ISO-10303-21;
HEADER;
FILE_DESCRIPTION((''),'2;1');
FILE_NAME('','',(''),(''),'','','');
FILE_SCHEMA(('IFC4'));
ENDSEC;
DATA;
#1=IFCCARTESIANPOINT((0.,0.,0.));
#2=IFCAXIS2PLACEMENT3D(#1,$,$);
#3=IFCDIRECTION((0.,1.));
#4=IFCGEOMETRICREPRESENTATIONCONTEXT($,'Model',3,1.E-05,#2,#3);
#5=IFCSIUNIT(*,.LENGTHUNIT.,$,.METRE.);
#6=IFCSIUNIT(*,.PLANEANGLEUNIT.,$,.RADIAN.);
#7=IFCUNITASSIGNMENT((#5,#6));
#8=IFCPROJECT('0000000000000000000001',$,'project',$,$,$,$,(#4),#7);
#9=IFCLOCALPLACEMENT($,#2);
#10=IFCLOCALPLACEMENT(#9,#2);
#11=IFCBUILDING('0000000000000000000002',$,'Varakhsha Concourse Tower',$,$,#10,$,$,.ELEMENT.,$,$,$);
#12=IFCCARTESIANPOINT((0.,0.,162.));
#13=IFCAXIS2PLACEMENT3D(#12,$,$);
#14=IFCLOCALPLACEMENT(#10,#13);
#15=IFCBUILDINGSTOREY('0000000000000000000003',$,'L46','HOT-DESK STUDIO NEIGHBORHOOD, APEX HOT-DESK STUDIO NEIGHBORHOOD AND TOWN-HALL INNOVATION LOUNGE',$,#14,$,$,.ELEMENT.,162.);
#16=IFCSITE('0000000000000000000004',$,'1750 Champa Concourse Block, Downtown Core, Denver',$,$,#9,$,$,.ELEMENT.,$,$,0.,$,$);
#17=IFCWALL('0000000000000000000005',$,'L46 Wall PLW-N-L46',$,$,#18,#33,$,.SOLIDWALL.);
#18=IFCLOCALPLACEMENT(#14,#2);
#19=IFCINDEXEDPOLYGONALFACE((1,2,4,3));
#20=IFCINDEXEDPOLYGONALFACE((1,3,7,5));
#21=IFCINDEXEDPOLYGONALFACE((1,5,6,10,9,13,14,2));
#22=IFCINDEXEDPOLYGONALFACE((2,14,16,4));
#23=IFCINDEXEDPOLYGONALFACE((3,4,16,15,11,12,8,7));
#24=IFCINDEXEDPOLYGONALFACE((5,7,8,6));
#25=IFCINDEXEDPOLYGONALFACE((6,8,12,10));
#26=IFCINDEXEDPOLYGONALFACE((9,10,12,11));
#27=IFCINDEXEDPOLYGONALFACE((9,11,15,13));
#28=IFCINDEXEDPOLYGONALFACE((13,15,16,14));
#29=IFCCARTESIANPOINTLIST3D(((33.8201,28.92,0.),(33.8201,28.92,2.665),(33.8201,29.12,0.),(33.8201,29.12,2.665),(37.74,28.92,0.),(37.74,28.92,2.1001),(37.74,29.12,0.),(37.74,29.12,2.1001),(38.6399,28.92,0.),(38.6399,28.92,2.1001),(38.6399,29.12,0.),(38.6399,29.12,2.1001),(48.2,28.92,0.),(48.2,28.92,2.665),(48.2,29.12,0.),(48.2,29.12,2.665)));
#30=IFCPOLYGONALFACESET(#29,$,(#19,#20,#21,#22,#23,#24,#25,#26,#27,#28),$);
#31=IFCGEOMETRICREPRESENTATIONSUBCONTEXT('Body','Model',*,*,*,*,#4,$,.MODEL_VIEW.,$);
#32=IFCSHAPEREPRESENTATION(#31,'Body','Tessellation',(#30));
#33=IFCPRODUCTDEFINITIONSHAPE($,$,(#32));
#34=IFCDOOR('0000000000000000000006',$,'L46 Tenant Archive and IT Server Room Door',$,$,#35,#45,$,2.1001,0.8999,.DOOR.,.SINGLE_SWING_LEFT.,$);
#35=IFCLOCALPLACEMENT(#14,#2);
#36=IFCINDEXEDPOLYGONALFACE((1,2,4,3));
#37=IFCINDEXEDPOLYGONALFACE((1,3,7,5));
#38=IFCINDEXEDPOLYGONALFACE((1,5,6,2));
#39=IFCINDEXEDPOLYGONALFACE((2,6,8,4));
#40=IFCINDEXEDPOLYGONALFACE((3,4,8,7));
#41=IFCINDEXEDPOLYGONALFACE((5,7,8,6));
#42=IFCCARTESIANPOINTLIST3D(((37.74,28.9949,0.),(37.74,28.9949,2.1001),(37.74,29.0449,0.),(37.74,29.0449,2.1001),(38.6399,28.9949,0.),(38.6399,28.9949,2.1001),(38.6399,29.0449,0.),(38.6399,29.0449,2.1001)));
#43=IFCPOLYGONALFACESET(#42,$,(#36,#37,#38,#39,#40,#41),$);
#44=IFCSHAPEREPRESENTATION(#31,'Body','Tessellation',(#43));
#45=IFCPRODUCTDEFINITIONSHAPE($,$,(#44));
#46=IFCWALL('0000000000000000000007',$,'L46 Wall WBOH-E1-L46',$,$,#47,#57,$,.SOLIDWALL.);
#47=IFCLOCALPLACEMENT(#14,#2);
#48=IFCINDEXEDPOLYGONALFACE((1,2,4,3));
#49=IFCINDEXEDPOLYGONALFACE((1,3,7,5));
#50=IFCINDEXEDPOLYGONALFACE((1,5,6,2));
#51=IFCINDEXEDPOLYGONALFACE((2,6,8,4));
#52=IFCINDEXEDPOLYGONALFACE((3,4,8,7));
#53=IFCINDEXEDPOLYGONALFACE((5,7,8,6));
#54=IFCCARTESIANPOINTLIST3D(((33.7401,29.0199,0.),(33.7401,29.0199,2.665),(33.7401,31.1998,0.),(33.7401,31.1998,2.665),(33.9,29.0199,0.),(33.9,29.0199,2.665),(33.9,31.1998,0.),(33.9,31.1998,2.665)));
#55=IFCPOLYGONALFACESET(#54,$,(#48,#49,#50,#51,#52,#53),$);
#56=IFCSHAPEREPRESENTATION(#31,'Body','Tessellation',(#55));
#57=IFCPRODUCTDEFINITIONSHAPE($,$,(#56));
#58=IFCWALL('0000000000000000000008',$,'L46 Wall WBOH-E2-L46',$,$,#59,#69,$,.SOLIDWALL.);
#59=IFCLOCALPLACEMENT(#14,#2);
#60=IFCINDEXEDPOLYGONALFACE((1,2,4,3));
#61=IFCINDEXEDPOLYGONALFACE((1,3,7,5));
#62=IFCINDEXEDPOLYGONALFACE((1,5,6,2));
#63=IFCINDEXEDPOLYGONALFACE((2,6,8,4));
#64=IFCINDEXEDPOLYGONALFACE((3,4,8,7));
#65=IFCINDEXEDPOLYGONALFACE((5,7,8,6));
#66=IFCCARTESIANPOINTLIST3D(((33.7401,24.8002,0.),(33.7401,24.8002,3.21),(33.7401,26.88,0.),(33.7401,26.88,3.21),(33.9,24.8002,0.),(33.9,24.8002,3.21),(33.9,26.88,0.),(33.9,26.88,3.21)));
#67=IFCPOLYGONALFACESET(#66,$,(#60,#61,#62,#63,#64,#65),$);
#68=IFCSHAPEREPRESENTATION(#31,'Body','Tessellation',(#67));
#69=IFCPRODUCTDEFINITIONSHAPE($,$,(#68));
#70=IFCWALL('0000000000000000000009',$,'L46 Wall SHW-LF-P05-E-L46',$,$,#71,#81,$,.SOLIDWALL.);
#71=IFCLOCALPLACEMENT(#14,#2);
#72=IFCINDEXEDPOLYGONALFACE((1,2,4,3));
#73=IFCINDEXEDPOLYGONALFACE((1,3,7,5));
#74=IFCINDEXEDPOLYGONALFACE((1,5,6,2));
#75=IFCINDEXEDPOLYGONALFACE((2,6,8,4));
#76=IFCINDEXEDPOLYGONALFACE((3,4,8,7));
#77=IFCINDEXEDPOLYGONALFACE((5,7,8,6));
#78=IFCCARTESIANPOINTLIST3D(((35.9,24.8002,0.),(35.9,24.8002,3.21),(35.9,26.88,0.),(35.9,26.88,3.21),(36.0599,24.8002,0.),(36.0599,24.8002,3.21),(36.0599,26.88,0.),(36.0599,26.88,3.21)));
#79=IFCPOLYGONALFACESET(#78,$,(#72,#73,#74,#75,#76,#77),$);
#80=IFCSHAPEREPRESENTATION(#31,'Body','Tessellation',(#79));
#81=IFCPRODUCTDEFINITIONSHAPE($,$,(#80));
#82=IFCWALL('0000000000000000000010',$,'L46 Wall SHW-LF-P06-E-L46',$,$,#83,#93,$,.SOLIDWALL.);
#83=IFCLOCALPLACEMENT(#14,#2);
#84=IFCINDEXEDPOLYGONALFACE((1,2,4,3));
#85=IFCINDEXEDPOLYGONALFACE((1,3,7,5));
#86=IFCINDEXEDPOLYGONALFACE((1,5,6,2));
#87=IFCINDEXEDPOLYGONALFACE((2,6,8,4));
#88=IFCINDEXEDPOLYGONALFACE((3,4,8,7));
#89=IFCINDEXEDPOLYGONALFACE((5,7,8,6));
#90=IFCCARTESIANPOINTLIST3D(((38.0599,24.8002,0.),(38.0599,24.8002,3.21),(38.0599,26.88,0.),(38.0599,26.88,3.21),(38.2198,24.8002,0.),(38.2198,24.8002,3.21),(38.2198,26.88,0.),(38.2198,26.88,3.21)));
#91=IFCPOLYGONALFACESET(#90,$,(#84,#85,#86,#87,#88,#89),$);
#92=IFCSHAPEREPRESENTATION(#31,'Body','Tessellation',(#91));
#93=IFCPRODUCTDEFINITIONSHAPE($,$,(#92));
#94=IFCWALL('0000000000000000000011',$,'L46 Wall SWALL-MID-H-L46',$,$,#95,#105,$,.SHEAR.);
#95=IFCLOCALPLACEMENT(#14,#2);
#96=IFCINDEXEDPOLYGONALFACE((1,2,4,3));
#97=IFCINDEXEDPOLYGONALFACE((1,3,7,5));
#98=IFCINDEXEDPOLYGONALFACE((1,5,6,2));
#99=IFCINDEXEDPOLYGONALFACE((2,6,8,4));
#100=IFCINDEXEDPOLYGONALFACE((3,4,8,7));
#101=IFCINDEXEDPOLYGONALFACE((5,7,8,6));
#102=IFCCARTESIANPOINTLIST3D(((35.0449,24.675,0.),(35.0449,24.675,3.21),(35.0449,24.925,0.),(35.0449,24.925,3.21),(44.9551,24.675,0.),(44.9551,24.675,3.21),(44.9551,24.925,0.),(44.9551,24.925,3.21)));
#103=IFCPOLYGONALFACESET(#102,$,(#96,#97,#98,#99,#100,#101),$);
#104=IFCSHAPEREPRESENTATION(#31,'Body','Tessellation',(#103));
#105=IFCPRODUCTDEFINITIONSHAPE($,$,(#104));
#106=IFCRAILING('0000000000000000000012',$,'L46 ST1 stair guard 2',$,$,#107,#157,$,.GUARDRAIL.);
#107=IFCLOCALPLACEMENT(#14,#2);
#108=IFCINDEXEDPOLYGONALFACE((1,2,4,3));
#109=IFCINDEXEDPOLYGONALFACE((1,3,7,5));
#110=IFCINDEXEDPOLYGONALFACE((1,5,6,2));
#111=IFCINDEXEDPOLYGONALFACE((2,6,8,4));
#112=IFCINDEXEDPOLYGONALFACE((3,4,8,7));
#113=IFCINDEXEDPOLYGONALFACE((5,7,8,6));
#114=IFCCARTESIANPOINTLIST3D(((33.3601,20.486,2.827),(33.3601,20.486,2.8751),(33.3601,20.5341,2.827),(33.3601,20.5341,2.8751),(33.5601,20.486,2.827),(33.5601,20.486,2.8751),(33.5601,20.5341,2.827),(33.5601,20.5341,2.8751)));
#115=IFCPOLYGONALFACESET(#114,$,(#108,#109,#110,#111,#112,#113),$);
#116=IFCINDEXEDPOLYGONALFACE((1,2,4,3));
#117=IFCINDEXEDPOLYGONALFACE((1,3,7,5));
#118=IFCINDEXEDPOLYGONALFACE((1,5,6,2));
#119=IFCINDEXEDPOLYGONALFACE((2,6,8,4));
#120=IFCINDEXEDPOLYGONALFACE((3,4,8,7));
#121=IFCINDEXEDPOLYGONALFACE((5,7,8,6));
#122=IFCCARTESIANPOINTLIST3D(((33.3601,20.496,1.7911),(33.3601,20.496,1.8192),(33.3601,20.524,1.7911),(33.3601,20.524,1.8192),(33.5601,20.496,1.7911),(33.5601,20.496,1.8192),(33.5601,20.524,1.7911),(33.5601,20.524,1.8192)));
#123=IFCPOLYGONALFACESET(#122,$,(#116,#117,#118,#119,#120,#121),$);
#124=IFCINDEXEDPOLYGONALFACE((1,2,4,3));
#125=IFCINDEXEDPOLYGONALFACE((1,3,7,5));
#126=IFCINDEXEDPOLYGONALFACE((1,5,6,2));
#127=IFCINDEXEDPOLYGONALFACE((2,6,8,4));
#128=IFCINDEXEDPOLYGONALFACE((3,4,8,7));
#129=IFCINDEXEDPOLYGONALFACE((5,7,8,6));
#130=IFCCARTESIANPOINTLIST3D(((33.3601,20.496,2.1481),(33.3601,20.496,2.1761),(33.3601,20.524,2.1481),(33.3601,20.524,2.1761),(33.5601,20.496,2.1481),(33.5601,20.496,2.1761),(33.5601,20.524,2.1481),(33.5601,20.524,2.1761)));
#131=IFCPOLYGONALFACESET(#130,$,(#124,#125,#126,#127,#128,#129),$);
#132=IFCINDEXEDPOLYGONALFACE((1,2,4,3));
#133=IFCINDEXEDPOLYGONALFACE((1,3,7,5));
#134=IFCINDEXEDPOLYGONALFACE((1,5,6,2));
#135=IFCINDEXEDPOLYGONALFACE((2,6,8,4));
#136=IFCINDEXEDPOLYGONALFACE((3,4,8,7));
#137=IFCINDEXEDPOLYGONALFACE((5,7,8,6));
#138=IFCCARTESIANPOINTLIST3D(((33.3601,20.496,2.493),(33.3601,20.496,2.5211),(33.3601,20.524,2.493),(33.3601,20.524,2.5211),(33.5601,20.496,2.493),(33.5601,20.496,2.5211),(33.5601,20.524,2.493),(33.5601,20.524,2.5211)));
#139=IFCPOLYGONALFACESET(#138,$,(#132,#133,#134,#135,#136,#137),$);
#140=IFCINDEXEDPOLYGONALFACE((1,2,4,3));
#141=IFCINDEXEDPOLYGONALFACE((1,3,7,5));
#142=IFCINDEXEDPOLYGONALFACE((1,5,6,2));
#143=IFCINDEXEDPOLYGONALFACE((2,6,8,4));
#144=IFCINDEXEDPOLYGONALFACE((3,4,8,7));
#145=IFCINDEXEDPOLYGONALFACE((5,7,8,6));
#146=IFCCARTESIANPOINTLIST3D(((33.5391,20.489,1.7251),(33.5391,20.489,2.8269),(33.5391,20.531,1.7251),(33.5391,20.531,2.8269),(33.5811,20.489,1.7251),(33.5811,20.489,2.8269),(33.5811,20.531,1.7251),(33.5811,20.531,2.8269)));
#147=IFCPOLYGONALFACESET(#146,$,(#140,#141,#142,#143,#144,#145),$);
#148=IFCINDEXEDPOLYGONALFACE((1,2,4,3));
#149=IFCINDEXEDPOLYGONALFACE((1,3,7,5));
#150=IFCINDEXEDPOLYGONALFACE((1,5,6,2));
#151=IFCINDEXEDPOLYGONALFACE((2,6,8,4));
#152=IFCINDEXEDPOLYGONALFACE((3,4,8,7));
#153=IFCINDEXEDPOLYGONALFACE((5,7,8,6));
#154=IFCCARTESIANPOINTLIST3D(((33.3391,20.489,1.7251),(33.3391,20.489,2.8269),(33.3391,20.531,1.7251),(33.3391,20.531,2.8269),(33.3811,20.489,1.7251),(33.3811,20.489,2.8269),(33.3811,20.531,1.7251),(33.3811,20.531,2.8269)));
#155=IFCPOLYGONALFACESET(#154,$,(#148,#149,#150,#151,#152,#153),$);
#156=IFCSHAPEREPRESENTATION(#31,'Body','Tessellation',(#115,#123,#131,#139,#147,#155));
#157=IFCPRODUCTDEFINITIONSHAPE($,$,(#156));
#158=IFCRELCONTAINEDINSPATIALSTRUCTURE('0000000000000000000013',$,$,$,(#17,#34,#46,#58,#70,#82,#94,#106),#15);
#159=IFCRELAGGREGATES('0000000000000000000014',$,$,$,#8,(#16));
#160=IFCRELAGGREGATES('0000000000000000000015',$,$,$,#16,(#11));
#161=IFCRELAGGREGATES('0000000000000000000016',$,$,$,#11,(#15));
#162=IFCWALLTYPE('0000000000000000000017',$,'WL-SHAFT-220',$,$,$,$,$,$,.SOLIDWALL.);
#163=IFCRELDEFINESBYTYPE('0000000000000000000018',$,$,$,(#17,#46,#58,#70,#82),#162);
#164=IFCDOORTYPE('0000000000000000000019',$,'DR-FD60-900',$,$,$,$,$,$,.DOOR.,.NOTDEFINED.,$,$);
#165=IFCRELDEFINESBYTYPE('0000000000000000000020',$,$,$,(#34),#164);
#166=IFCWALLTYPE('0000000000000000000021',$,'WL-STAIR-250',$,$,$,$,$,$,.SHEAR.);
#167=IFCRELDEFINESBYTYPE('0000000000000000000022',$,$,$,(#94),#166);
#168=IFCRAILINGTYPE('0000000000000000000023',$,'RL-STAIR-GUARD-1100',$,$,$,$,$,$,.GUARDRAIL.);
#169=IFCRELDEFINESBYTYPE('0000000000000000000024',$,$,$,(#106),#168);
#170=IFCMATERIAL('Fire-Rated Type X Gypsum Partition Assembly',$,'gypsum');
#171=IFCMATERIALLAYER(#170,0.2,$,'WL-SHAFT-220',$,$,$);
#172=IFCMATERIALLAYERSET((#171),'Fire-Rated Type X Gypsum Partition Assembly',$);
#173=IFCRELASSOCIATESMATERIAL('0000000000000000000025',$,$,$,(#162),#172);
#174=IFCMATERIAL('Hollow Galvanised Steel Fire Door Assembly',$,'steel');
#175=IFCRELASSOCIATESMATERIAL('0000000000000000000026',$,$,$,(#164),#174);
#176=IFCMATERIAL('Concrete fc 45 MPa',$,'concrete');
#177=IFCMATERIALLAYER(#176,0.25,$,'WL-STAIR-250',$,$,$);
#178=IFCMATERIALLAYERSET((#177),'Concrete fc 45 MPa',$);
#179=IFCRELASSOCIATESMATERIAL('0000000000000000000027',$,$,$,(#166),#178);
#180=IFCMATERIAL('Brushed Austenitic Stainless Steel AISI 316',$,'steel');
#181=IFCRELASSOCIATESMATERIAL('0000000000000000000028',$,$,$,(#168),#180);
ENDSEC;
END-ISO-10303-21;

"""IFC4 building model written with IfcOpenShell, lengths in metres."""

from ifc_helpers import new_model, si_unit, direction, frame, frame_2d, origin, origin_2d, place, context, subcontext, project, spatial, rectangle, extrude, material, layer, layer_set, type_object, element, fill, save


model = new_model("IFC4")

# Units and contexts
model_context = context("Model", 3, precision=1e-05, world=origin(), true_north=direction((0.0, 1.0)))
body_context = subcontext(model_context, "Body", "Model", "MODEL_VIEW")
ifc_project = project(units=[si_unit("LENGTHUNIT", "METRE"), si_unit("PLANEANGLEUNIT", "RADIAN")], contexts=[model_context])

# Site, building, storey
site_placement = place(None, origin())
site = spatial("IfcSite", under=ifc_project, at=site_placement, Name="1750 Champa Concourse Block, Downtown Core, Denver", CompositionType="ELEMENT", RefElevation=0.0)
building_placement = place(site_placement, origin())
building = spatial("IfcBuilding", under=site, at=building_placement, Name="Varakhsha Concourse Tower", CompositionType="ELEMENT")
storey_placement = place(building_placement, frame((0.0, 0.0, 162.0)))
storey = spatial("IfcBuildingStorey", under=building, at=storey_placement, Name="L46", Description="HOT-DESK STUDIO NEIGHBORHOOD, APEX HOT-DESK STUDIO NEIGHBORHOOD AND TOWN-HALL INNOVATION LOUNGE", CompositionType="ELEMENT", Elevation=162.0)

# Shared definitions
ifc_material_1 = material(Name="Fire-Rated Type X Gypsum Partition Assembly", Category="gypsum")
ifc_material_2 = material(Name="Hollow Galvanised Steel Fire Door Assembly", Category="steel")
ifc_layer_1 = layer(ifc_material_1, 0.2, Name="WL-SHAFT-220")
ifc_layer_set_1 = layer_set([ifc_layer_1], Name="Fire-Rated Type X Gypsum Partition Assembly")
wall_type_1 = type_object("IfcWallType", Name="WL-SHAFT-220", PredefinedType="SOLIDWALL", material=ifc_layer_set_1)
ifc_material_3 = material(Name="Brushed Austenitic Stainless Steel AISI 316", Category="steel")

# Wall, opening, door
wall_1_placement = place(storey_placement, frame((33.8201, 29.02, 0.0), z_axis=(0.0, 0.0, 1.0), x_axis=(1.0, 0.0, 0.0)))
wall_1 = element("IfcWall", 1, at=wall_1_placement, inside=storey, type_object=wall_type_1, Name="L46 Wall PLW-N-L46", PredefinedType="SOLIDWALL", context=body_context, shape_type="SweptSolid", body=[
    extrude(rectangle(XDim=14.3799, YDim=0.2, at=frame_2d((7.1899, 0.0))), origin(), (0.0, 0.0, 1.0), 2.665),
])
opening_1_placement = place(wall_1_placement, frame((3.9199, 0.0, 0.0)))
opening_1 = element("IfcOpeningElement", 2, at=opening_1_placement, cuts=wall_1, PredefinedType="OPENING", context=body_context, shape_type="SweptSolid", body=[
    extrude(rectangle(XDim=0.8999, YDim=2.1001, at=frame_2d((0.45, 1.05))), frame((0.0, 0.1099, 0.0), z_axis=(0.0, -1.0, 0.0), x_axis=(1.0, 0.0, 0.0)), (0.0, 0.0, 1.0), 0.22),
])
door_type_1 = type_object("IfcDoorType", Name="DR-FD60-900", OperationType="NOTDEFINED", PredefinedType="DOOR", material=ifc_material_2)
door_1_placement = place(opening_1_placement, origin())
door_1 = element("IfcDoor", 3, at=door_1_placement, inside=storey, type_object=door_type_1, Name="L46 Tenant Archive and IT Server Room Door", OperationType="SINGLE_SWING_LEFT", OverallHeight=2.1001, OverallWidth=0.8999, PredefinedType="DOOR", context=body_context, shape_type="SweptSolid", body=[
    extrude(rectangle(XDim=0.8999, YDim=2.1001, at=frame_2d((0.45, 1.05))), frame((0.0, 0.0249, 0.0), z_axis=(0.0, -1.0, 0.0), x_axis=(1.0, 0.0, 0.0)), (0.0, 0.0, 1.0), 0.05),
])
fill(opening_1, door_1)

# Walls
wall_2_placement = place(storey_placement, frame((33.8201, 29.02, 0.0), z_axis=(0.0, 0.0, 1.0), x_axis=(0.0, 1.0, 0.0)))
element("IfcWall", 4, at=wall_2_placement, inside=storey, type_object=wall_type_1, Name="L46 Wall WBOH-E1-L46", PredefinedType="SOLIDWALL", context=body_context, shape_type="SweptSolid", body=[
    extrude(rectangle(XDim=2.1799, YDim=0.1599, at=frame_2d((1.0898, 0.0))), origin(), (0.0, 0.0, 1.0), 2.665),
])
for number, where, z_axis, x_axis, name in (
    (5, (33.8201, 24.8, 0.0), (0.0, 0.0, 1.0), (0.0, 1.0, 0.0), "L46 Wall WBOH-E2-L46"),
    (6, (35.98, 24.8, 0.0), (0.0, 0.0, 1.0), (0.0, 1.0, 0.0), "L46 Wall SHW-LF-P05-E-L46"),
    (7, (38.1399, 24.8, 0.0), (0.0, 0.0, 1.0), (0.0, 1.0, 0.0), "L46 Wall SHW-LF-P06-E-L46"),
):
    element("IfcWall", number, at=place(storey_placement, frame(where, z_axis=z_axis, x_axis=x_axis)), inside=storey, type_object=wall_type_1, Name=name, PredefinedType="SOLIDWALL", context=body_context, shape_type="SweptSolid", body=[
        extrude(rectangle(XDim=2.0798, YDim=0.1599, at=frame_2d((1.04, 0.0))), origin(), (0.0, 0.0, 1.0), 3.21),
    ])
ifc_material_4 = material(Name="Concrete fc 45 MPa", Category="concrete")
ifc_layer_2 = layer(ifc_material_4, 0.25, Name="WL-STAIR-250")
ifc_layer_set_2 = layer_set([ifc_layer_2], Name="Concrete fc 45 MPa")
wall_type_2 = type_object("IfcWallType", Name="WL-STAIR-250", PredefinedType="SHEAR", material=ifc_layer_set_2)
wall_3_placement = place(storey_placement, frame((35.0449, 24.8, 0.0), z_axis=(0.0, 0.0, 1.0), x_axis=(1.0, 0.0, 0.0)))
element("IfcWall", 8, at=wall_3_placement, inside=storey, type_object=wall_type_2, Name="L46 Wall SWALL-MID-H-L46", PredefinedType="SHEAR", context=body_context, shape_type="SweptSolid", body=[
    extrude(rectangle(XDim=9.9102, YDim=0.25, at=frame_2d((4.9551, 0.0))), origin(), (0.0, 0.0, 1.0), 3.21),
])

# Railing
railing_type = type_object("IfcRailingType", Name="RL-STAIR-GUARD-1100", PredefinedType="GUARDRAIL", material=ifc_material_3)
railing_placement = place(storey_placement, frame((33.5601, 20.51, 1.7251)))
element("IfcRailing", 9, at=railing_placement, inside=storey, type_object=railing_type, Name="L46 ST1 stair guard 2", PredefinedType="GUARDRAIL", context=body_context, shape_type="SweptSolid", body=[
    extrude(rectangle(XDim=0.0481, YDim=0.0481, at=origin_2d()), frame((0.0, 0.0, 1.126), z_axis=(-1.0, 0.0, 0.0), x_axis=(0.0, -1.0, 0.0)), (0.0, 0.0, 1.0), 0.2),
    extrude(rectangle(XDim=0.0281, YDim=0.0281, at=origin_2d()), frame((0.0, 0.0, 0.0801), z_axis=(-1.0, 0.0, 0.0), x_axis=(0.0, -1.0, 0.0)), (0.0, 0.0, 1.0), 0.2),
    extrude(rectangle(XDim=0.0281, YDim=0.0281, at=origin_2d()), frame((0.0, 0.0, 0.437), z_axis=(-1.0, 0.0, 0.0), x_axis=(0.0, -1.0, 0.0)), (0.0, 0.0, 1.0), 0.2),
    extrude(rectangle(XDim=0.0281, YDim=0.0281, at=origin_2d()), frame((0.0, 0.0, 0.782), z_axis=(-1.0, 0.0, 0.0), x_axis=(0.0, -1.0, 0.0)), (0.0, 0.0, 1.0), 0.2),
    extrude(rectangle(XDim=0.042, YDim=0.042, at=origin_2d()), origin(), (0.0, 0.0, 1.0), 1.1018),
    extrude(rectangle(XDim=0.042, YDim=0.042, at=origin_2d()), frame((-0.2, 0.0, 0.0)), (0.0, 0.0, 1.0), 1.1018),
])

save(model, "model.ifc")
